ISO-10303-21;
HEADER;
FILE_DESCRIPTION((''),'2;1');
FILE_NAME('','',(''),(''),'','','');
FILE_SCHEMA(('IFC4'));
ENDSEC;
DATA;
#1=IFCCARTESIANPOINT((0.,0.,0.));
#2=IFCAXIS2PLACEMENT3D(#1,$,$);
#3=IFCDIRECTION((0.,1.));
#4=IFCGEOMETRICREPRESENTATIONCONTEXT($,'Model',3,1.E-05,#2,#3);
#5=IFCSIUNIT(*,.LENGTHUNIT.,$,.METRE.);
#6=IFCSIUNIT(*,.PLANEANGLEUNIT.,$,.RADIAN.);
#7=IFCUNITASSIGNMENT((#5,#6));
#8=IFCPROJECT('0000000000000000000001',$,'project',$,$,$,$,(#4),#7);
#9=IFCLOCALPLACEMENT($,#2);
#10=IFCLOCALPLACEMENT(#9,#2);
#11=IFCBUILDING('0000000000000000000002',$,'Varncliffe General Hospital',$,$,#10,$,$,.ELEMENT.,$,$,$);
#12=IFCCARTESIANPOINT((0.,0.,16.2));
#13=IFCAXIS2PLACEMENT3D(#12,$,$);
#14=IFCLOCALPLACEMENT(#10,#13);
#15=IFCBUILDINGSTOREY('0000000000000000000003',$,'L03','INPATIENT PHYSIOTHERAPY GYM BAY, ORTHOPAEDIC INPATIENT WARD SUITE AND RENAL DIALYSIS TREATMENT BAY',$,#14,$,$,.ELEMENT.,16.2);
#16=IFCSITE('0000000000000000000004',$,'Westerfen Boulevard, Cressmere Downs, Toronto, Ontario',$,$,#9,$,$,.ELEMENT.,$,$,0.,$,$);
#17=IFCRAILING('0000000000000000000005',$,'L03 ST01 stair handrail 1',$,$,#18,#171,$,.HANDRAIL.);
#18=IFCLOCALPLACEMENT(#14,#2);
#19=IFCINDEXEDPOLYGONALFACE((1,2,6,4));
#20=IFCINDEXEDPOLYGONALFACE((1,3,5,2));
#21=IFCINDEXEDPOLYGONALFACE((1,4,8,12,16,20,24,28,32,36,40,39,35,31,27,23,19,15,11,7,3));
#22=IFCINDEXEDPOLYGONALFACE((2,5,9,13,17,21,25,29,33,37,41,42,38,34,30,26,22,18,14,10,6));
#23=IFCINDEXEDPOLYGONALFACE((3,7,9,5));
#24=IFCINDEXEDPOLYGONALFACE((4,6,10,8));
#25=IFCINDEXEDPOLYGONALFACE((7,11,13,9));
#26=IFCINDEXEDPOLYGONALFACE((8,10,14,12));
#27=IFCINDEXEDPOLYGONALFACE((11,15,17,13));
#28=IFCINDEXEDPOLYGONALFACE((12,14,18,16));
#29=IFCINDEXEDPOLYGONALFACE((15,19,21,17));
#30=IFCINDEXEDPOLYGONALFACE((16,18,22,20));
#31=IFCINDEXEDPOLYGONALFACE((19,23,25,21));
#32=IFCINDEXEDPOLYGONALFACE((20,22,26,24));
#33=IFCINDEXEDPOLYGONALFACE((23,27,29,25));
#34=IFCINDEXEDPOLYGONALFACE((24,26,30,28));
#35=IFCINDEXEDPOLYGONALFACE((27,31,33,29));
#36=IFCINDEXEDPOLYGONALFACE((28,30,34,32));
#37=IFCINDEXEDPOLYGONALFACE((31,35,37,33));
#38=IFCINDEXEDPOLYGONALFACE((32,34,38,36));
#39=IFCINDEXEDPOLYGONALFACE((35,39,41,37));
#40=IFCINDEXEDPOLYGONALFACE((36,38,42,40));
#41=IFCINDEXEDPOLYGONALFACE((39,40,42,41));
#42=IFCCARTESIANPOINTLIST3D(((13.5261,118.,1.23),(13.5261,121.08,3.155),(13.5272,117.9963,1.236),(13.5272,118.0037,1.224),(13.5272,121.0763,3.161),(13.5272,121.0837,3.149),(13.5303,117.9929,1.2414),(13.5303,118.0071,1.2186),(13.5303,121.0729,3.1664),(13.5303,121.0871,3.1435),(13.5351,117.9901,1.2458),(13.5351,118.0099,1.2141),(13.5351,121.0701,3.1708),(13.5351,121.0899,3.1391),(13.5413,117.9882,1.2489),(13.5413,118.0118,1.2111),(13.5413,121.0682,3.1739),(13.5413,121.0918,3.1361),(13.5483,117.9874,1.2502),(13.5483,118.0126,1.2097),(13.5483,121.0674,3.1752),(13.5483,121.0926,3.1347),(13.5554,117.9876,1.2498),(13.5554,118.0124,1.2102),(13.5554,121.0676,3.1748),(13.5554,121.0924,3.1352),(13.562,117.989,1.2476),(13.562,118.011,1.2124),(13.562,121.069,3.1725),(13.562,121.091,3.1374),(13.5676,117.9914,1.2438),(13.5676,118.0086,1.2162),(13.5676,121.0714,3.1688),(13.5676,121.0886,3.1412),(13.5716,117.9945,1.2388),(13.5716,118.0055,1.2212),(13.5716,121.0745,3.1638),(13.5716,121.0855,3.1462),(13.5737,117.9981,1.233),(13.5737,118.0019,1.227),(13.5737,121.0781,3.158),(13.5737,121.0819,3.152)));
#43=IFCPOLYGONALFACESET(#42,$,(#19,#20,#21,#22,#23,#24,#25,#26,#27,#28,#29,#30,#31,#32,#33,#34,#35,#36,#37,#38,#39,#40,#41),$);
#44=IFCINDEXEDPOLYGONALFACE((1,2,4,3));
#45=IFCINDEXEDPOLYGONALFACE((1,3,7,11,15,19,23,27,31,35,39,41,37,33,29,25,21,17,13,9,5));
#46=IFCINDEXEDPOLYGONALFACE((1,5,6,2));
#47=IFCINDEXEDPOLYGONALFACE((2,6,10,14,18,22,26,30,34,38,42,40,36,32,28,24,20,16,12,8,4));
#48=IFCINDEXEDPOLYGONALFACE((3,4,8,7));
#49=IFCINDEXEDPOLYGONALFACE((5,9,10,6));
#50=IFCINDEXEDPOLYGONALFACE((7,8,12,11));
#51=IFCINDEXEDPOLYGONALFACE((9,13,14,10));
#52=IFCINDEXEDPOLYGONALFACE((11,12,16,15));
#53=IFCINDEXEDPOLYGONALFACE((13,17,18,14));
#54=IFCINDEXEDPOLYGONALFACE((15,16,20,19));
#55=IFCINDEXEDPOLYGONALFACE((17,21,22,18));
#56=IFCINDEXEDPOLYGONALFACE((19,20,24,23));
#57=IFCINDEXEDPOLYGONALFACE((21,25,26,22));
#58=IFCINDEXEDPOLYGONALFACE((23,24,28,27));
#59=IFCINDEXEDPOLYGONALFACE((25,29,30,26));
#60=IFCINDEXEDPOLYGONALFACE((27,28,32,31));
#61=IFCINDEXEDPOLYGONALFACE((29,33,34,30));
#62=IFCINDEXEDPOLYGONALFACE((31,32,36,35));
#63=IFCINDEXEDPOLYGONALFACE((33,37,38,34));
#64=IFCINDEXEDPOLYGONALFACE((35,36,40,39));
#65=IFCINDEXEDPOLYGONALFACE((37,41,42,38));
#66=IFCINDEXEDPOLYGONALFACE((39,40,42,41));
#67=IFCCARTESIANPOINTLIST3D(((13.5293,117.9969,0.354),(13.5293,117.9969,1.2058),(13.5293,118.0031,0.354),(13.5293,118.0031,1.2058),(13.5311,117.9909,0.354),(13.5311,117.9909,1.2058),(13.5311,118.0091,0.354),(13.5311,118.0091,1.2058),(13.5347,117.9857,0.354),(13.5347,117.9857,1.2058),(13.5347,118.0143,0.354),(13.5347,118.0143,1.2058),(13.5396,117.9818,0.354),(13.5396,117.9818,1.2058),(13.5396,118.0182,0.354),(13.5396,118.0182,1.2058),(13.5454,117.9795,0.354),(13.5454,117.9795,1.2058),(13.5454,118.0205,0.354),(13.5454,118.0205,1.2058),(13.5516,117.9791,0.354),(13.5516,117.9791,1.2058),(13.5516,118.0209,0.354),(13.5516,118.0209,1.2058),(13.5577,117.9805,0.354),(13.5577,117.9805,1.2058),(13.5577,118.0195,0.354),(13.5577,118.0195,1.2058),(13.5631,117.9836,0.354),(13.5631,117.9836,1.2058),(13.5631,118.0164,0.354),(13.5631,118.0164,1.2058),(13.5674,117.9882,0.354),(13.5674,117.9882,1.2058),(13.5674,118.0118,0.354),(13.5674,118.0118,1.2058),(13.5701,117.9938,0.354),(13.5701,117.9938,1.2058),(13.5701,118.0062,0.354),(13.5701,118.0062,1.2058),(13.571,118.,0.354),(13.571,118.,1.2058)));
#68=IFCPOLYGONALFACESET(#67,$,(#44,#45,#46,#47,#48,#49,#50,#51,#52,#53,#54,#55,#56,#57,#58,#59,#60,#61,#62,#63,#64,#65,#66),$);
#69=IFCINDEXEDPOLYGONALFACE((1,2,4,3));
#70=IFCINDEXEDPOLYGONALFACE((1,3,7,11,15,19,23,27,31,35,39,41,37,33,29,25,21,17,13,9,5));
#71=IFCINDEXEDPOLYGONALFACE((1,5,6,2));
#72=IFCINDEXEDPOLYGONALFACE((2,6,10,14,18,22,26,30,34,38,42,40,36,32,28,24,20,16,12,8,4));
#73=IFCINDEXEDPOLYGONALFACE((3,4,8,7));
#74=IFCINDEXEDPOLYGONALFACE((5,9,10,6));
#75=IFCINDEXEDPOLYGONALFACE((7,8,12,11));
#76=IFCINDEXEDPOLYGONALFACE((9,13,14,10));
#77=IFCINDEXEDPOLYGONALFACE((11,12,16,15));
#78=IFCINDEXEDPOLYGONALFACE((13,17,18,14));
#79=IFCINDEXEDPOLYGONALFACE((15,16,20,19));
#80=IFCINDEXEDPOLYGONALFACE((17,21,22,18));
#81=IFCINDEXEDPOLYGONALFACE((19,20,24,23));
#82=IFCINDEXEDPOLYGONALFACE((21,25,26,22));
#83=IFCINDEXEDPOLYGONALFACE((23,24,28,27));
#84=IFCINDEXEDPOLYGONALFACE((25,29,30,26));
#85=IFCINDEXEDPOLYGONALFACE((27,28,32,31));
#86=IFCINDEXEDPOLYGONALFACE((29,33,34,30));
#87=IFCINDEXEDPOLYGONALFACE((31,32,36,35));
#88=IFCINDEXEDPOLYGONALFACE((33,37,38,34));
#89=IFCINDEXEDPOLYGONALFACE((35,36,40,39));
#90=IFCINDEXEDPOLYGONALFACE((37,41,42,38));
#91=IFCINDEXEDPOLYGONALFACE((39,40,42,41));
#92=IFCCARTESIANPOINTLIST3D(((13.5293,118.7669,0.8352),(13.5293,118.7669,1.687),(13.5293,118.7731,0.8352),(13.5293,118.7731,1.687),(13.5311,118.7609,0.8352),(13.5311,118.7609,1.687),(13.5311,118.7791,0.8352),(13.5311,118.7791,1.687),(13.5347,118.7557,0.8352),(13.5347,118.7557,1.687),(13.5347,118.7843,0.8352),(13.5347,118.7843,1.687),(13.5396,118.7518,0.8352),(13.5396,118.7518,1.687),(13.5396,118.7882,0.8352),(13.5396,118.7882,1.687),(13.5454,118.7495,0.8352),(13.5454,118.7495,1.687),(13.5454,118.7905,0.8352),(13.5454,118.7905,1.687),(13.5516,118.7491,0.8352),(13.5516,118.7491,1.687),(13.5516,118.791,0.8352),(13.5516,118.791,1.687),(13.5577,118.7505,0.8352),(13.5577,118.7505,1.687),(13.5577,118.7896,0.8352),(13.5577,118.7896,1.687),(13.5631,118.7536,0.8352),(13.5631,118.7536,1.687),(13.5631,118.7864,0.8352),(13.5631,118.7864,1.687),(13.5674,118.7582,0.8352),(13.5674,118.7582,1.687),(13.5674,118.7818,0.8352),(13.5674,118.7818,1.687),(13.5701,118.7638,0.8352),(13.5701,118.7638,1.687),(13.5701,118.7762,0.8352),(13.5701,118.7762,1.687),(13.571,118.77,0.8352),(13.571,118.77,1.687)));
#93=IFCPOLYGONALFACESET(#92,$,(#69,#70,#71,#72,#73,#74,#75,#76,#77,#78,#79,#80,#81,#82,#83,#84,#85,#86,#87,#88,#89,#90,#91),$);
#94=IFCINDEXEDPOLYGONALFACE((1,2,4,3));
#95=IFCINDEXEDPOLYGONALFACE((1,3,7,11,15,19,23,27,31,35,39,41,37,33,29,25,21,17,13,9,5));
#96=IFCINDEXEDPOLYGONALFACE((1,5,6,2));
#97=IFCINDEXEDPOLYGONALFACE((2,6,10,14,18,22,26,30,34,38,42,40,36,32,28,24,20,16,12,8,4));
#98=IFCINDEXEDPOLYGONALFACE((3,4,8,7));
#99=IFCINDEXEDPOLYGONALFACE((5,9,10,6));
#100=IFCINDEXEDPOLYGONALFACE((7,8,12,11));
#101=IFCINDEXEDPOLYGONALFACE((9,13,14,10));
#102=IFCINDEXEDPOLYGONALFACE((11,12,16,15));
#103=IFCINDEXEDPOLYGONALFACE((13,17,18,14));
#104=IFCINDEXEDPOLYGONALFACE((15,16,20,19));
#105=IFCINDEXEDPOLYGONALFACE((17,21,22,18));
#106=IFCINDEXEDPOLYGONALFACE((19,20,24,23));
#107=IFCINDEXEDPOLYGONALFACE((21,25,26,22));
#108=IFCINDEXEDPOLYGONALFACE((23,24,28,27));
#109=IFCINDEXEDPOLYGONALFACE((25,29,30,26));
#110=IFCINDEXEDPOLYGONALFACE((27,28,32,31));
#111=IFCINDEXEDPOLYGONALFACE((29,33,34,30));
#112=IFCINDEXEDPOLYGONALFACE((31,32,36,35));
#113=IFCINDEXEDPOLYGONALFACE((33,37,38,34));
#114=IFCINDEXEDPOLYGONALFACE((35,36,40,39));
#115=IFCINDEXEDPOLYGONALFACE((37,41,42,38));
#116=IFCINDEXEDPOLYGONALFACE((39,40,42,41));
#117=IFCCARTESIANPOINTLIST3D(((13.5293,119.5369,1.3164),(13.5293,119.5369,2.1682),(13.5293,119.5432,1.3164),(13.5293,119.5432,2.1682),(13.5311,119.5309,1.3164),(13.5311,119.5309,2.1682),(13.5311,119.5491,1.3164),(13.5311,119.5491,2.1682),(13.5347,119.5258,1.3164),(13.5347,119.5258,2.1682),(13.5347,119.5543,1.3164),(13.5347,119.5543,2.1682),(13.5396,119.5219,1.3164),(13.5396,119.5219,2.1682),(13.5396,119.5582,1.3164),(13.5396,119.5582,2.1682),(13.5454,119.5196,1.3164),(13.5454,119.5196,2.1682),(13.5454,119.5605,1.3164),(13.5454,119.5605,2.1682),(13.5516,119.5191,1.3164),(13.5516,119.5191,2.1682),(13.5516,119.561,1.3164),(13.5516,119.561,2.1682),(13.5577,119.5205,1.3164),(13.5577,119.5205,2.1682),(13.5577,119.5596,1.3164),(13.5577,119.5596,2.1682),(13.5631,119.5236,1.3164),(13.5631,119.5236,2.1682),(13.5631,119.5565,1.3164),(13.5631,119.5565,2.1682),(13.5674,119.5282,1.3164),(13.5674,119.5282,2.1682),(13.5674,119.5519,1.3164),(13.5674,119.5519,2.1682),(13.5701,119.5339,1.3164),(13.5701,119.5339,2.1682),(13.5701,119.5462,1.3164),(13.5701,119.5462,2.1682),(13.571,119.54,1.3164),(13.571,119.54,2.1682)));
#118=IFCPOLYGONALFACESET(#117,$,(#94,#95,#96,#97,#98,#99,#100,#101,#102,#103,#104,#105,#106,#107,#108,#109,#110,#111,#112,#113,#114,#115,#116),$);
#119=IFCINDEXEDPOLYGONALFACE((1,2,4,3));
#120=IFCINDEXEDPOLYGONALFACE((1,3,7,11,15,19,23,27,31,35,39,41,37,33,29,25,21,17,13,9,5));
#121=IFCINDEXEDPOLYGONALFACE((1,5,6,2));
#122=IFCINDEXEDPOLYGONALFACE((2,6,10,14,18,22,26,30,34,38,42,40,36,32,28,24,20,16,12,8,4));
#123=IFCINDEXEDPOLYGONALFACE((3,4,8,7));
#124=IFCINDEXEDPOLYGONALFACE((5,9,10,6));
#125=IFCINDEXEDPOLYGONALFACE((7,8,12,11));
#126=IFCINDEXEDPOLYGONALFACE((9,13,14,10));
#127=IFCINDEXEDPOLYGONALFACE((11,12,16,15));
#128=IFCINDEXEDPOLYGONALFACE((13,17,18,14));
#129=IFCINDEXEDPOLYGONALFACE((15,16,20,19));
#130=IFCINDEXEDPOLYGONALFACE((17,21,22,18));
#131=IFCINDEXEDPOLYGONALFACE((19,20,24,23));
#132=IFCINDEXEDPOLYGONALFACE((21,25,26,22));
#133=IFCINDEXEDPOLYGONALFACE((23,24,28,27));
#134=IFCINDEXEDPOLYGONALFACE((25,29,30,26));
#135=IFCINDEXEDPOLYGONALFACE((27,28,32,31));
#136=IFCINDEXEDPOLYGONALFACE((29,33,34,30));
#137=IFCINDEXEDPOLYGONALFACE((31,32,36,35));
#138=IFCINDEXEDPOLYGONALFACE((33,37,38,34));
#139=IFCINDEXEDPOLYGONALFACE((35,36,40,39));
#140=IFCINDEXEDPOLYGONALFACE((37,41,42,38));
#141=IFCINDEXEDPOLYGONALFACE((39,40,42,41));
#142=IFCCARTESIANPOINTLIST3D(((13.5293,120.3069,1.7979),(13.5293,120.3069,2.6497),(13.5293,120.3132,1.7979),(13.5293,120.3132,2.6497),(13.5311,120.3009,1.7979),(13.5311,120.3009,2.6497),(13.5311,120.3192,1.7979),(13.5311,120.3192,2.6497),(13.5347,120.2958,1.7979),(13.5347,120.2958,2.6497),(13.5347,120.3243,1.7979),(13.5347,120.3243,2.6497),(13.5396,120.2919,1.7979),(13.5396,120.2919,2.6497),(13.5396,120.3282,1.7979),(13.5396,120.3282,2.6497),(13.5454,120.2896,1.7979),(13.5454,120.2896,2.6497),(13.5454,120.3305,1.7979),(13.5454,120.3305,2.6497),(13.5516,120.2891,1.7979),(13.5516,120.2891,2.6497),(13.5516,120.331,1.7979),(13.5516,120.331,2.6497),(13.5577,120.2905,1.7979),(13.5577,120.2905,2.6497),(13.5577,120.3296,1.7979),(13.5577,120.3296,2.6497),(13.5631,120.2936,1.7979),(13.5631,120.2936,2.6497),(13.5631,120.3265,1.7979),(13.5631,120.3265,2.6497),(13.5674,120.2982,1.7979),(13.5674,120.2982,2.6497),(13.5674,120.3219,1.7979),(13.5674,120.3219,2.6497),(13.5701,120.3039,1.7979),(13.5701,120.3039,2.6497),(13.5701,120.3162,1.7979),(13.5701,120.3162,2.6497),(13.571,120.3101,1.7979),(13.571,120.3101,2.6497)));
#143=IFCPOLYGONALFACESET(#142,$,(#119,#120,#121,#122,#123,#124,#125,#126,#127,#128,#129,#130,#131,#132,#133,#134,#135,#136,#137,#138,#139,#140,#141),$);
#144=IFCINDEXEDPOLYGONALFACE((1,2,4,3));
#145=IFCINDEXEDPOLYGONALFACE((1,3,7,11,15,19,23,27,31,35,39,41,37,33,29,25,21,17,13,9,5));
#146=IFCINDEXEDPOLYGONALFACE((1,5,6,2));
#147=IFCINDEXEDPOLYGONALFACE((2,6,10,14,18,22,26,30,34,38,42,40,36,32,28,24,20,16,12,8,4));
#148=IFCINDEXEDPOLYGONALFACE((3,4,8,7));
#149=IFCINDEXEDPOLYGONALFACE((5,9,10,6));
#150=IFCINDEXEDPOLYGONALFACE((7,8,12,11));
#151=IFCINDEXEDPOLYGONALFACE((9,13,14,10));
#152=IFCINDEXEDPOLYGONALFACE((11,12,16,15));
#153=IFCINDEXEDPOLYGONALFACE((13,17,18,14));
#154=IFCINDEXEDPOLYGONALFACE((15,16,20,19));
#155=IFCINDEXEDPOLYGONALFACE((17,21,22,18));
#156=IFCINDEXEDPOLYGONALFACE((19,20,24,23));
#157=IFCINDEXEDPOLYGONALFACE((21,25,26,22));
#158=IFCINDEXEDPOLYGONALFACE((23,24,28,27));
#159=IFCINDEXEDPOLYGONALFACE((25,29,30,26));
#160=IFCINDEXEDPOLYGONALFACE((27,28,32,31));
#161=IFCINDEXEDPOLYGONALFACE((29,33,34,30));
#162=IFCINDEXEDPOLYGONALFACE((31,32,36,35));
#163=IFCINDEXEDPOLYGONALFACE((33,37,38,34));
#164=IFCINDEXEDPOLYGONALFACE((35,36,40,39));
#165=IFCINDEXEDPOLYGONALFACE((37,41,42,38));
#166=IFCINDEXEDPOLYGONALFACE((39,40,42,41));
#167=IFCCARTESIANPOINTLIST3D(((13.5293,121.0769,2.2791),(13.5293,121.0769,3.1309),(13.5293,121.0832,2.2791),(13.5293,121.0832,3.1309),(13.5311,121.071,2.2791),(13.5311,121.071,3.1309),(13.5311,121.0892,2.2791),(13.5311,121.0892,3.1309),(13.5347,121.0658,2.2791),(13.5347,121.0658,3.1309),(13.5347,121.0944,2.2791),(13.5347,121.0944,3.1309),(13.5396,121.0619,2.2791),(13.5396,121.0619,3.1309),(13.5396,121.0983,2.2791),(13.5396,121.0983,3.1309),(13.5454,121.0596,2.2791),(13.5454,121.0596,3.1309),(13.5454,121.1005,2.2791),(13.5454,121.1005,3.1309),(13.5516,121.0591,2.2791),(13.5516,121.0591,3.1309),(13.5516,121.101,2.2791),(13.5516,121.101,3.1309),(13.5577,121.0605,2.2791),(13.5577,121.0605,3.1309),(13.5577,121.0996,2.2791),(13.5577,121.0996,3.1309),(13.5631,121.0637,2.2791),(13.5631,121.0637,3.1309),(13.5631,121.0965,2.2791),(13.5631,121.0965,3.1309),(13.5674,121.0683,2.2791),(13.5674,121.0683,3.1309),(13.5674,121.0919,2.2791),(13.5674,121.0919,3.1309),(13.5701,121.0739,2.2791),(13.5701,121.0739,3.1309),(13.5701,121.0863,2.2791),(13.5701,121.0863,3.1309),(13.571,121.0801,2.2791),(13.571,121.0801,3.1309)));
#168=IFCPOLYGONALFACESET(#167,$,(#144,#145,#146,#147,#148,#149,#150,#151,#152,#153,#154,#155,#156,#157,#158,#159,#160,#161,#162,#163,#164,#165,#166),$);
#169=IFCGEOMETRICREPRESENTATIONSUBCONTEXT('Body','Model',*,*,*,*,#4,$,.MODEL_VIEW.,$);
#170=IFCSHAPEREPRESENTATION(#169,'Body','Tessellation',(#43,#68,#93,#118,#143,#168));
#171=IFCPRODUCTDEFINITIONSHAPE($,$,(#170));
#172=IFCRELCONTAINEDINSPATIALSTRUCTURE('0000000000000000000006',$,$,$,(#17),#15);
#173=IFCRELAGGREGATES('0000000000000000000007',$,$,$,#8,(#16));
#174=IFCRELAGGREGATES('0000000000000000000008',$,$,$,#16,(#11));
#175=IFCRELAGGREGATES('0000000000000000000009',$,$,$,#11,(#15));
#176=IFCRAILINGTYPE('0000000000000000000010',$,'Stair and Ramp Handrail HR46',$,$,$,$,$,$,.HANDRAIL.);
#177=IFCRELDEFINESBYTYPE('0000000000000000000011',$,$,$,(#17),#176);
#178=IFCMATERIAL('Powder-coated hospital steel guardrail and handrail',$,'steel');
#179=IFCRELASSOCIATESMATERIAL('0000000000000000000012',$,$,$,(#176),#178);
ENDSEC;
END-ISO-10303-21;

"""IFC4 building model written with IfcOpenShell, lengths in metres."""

from ifc_helpers import new_model, si_unit, direction, frame, origin, origin_2d, place, context, subcontext, project, spatial, circle, extrude, material, type_object, element, save


model = new_model("IFC4")

# Units and contexts
model_context = context("Model", 3, precision=1e-05, world=origin(), true_north=direction((0.0, 1.0)))
body_context = subcontext(model_context, "Body", "Model", "MODEL_VIEW")
ifc_project = project(units=[si_unit("LENGTHUNIT", "METRE"), si_unit("PLANEANGLEUNIT", "RADIAN")], contexts=[model_context])

# Site, building, storey
site_placement = place(None, origin())
site = spatial("IfcSite", under=ifc_project, at=site_placement, Name="Westerfen Boulevard, Cressmere Downs, Toronto, Ontario", CompositionType="ELEMENT", RefElevation=0.0)
building_placement = place(site_placement, origin())
building = spatial("IfcBuilding", under=site, at=building_placement, Name="Varncliffe General Hospital", CompositionType="ELEMENT")
storey_placement = place(building_placement, frame((0.0, 0.0, 16.2)))
storey = spatial("IfcBuildingStorey", under=building, at=storey_placement, Name="L03", Description="INPATIENT PHYSIOTHERAPY GYM BAY, ORTHOPAEDIC INPATIENT WARD SUITE AND RENAL DIALYSIS TREATMENT BAY", CompositionType="ELEMENT", Elevation=16.2)

# Railing
ifc_material_1 = material(Name="Powder-coated hospital steel guardrail and handrail", Category="steel")
railing_type_1 = type_object("IfcRailingType", Name="Stair and Ramp Handrail HR46", PredefinedType="HANDRAIL", material=ifc_material_1)
railing_1_placement = place(storey_placement, frame((13.55, 118.0, 0.354)))
element("IfcRailing", 1, at=railing_1_placement, inside=storey, type_object=railing_type_1, Name="L03 ST01 stair handrail 1", PredefinedType="HANDRAIL", context=body_context, shape_type="SweptSolid", body=[
    extrude(circle(Radius=0.0239, at=origin_2d()), frame((0.0, 0.0, 0.876), z_axis=(0.0, 0.847998, 0.529999), x_axis=(-1.0, 0.0, 0.0)), (0.0, 0.0, 1.0), 3.6321),
    extrude(circle(Radius=0.021, at=origin_2d()), origin(), (0.0, 0.0, 1.0), 0.8518),
    extrude(circle(Radius=0.021, at=origin_2d()), frame((0.0, 0.77, 0.4812)), (0.0, 0.0, 1.0), 0.8518),
    extrude(circle(Radius=0.021, at=origin_2d()), frame((0.0, 1.54, 0.9624)), (0.0, 0.0, 1.0), 0.8518),
    extrude(circle(Radius=0.021, at=origin_2d()), frame((0.0, 2.3101, 1.4438)), (0.0, 0.0, 1.0), 0.8518),
    extrude(circle(Radius=0.021, at=origin_2d()), frame((0.0, 3.0801, 1.925)), (0.0, 0.0, 1.0), 0.8518),
])

save(model, "model.ifc")
